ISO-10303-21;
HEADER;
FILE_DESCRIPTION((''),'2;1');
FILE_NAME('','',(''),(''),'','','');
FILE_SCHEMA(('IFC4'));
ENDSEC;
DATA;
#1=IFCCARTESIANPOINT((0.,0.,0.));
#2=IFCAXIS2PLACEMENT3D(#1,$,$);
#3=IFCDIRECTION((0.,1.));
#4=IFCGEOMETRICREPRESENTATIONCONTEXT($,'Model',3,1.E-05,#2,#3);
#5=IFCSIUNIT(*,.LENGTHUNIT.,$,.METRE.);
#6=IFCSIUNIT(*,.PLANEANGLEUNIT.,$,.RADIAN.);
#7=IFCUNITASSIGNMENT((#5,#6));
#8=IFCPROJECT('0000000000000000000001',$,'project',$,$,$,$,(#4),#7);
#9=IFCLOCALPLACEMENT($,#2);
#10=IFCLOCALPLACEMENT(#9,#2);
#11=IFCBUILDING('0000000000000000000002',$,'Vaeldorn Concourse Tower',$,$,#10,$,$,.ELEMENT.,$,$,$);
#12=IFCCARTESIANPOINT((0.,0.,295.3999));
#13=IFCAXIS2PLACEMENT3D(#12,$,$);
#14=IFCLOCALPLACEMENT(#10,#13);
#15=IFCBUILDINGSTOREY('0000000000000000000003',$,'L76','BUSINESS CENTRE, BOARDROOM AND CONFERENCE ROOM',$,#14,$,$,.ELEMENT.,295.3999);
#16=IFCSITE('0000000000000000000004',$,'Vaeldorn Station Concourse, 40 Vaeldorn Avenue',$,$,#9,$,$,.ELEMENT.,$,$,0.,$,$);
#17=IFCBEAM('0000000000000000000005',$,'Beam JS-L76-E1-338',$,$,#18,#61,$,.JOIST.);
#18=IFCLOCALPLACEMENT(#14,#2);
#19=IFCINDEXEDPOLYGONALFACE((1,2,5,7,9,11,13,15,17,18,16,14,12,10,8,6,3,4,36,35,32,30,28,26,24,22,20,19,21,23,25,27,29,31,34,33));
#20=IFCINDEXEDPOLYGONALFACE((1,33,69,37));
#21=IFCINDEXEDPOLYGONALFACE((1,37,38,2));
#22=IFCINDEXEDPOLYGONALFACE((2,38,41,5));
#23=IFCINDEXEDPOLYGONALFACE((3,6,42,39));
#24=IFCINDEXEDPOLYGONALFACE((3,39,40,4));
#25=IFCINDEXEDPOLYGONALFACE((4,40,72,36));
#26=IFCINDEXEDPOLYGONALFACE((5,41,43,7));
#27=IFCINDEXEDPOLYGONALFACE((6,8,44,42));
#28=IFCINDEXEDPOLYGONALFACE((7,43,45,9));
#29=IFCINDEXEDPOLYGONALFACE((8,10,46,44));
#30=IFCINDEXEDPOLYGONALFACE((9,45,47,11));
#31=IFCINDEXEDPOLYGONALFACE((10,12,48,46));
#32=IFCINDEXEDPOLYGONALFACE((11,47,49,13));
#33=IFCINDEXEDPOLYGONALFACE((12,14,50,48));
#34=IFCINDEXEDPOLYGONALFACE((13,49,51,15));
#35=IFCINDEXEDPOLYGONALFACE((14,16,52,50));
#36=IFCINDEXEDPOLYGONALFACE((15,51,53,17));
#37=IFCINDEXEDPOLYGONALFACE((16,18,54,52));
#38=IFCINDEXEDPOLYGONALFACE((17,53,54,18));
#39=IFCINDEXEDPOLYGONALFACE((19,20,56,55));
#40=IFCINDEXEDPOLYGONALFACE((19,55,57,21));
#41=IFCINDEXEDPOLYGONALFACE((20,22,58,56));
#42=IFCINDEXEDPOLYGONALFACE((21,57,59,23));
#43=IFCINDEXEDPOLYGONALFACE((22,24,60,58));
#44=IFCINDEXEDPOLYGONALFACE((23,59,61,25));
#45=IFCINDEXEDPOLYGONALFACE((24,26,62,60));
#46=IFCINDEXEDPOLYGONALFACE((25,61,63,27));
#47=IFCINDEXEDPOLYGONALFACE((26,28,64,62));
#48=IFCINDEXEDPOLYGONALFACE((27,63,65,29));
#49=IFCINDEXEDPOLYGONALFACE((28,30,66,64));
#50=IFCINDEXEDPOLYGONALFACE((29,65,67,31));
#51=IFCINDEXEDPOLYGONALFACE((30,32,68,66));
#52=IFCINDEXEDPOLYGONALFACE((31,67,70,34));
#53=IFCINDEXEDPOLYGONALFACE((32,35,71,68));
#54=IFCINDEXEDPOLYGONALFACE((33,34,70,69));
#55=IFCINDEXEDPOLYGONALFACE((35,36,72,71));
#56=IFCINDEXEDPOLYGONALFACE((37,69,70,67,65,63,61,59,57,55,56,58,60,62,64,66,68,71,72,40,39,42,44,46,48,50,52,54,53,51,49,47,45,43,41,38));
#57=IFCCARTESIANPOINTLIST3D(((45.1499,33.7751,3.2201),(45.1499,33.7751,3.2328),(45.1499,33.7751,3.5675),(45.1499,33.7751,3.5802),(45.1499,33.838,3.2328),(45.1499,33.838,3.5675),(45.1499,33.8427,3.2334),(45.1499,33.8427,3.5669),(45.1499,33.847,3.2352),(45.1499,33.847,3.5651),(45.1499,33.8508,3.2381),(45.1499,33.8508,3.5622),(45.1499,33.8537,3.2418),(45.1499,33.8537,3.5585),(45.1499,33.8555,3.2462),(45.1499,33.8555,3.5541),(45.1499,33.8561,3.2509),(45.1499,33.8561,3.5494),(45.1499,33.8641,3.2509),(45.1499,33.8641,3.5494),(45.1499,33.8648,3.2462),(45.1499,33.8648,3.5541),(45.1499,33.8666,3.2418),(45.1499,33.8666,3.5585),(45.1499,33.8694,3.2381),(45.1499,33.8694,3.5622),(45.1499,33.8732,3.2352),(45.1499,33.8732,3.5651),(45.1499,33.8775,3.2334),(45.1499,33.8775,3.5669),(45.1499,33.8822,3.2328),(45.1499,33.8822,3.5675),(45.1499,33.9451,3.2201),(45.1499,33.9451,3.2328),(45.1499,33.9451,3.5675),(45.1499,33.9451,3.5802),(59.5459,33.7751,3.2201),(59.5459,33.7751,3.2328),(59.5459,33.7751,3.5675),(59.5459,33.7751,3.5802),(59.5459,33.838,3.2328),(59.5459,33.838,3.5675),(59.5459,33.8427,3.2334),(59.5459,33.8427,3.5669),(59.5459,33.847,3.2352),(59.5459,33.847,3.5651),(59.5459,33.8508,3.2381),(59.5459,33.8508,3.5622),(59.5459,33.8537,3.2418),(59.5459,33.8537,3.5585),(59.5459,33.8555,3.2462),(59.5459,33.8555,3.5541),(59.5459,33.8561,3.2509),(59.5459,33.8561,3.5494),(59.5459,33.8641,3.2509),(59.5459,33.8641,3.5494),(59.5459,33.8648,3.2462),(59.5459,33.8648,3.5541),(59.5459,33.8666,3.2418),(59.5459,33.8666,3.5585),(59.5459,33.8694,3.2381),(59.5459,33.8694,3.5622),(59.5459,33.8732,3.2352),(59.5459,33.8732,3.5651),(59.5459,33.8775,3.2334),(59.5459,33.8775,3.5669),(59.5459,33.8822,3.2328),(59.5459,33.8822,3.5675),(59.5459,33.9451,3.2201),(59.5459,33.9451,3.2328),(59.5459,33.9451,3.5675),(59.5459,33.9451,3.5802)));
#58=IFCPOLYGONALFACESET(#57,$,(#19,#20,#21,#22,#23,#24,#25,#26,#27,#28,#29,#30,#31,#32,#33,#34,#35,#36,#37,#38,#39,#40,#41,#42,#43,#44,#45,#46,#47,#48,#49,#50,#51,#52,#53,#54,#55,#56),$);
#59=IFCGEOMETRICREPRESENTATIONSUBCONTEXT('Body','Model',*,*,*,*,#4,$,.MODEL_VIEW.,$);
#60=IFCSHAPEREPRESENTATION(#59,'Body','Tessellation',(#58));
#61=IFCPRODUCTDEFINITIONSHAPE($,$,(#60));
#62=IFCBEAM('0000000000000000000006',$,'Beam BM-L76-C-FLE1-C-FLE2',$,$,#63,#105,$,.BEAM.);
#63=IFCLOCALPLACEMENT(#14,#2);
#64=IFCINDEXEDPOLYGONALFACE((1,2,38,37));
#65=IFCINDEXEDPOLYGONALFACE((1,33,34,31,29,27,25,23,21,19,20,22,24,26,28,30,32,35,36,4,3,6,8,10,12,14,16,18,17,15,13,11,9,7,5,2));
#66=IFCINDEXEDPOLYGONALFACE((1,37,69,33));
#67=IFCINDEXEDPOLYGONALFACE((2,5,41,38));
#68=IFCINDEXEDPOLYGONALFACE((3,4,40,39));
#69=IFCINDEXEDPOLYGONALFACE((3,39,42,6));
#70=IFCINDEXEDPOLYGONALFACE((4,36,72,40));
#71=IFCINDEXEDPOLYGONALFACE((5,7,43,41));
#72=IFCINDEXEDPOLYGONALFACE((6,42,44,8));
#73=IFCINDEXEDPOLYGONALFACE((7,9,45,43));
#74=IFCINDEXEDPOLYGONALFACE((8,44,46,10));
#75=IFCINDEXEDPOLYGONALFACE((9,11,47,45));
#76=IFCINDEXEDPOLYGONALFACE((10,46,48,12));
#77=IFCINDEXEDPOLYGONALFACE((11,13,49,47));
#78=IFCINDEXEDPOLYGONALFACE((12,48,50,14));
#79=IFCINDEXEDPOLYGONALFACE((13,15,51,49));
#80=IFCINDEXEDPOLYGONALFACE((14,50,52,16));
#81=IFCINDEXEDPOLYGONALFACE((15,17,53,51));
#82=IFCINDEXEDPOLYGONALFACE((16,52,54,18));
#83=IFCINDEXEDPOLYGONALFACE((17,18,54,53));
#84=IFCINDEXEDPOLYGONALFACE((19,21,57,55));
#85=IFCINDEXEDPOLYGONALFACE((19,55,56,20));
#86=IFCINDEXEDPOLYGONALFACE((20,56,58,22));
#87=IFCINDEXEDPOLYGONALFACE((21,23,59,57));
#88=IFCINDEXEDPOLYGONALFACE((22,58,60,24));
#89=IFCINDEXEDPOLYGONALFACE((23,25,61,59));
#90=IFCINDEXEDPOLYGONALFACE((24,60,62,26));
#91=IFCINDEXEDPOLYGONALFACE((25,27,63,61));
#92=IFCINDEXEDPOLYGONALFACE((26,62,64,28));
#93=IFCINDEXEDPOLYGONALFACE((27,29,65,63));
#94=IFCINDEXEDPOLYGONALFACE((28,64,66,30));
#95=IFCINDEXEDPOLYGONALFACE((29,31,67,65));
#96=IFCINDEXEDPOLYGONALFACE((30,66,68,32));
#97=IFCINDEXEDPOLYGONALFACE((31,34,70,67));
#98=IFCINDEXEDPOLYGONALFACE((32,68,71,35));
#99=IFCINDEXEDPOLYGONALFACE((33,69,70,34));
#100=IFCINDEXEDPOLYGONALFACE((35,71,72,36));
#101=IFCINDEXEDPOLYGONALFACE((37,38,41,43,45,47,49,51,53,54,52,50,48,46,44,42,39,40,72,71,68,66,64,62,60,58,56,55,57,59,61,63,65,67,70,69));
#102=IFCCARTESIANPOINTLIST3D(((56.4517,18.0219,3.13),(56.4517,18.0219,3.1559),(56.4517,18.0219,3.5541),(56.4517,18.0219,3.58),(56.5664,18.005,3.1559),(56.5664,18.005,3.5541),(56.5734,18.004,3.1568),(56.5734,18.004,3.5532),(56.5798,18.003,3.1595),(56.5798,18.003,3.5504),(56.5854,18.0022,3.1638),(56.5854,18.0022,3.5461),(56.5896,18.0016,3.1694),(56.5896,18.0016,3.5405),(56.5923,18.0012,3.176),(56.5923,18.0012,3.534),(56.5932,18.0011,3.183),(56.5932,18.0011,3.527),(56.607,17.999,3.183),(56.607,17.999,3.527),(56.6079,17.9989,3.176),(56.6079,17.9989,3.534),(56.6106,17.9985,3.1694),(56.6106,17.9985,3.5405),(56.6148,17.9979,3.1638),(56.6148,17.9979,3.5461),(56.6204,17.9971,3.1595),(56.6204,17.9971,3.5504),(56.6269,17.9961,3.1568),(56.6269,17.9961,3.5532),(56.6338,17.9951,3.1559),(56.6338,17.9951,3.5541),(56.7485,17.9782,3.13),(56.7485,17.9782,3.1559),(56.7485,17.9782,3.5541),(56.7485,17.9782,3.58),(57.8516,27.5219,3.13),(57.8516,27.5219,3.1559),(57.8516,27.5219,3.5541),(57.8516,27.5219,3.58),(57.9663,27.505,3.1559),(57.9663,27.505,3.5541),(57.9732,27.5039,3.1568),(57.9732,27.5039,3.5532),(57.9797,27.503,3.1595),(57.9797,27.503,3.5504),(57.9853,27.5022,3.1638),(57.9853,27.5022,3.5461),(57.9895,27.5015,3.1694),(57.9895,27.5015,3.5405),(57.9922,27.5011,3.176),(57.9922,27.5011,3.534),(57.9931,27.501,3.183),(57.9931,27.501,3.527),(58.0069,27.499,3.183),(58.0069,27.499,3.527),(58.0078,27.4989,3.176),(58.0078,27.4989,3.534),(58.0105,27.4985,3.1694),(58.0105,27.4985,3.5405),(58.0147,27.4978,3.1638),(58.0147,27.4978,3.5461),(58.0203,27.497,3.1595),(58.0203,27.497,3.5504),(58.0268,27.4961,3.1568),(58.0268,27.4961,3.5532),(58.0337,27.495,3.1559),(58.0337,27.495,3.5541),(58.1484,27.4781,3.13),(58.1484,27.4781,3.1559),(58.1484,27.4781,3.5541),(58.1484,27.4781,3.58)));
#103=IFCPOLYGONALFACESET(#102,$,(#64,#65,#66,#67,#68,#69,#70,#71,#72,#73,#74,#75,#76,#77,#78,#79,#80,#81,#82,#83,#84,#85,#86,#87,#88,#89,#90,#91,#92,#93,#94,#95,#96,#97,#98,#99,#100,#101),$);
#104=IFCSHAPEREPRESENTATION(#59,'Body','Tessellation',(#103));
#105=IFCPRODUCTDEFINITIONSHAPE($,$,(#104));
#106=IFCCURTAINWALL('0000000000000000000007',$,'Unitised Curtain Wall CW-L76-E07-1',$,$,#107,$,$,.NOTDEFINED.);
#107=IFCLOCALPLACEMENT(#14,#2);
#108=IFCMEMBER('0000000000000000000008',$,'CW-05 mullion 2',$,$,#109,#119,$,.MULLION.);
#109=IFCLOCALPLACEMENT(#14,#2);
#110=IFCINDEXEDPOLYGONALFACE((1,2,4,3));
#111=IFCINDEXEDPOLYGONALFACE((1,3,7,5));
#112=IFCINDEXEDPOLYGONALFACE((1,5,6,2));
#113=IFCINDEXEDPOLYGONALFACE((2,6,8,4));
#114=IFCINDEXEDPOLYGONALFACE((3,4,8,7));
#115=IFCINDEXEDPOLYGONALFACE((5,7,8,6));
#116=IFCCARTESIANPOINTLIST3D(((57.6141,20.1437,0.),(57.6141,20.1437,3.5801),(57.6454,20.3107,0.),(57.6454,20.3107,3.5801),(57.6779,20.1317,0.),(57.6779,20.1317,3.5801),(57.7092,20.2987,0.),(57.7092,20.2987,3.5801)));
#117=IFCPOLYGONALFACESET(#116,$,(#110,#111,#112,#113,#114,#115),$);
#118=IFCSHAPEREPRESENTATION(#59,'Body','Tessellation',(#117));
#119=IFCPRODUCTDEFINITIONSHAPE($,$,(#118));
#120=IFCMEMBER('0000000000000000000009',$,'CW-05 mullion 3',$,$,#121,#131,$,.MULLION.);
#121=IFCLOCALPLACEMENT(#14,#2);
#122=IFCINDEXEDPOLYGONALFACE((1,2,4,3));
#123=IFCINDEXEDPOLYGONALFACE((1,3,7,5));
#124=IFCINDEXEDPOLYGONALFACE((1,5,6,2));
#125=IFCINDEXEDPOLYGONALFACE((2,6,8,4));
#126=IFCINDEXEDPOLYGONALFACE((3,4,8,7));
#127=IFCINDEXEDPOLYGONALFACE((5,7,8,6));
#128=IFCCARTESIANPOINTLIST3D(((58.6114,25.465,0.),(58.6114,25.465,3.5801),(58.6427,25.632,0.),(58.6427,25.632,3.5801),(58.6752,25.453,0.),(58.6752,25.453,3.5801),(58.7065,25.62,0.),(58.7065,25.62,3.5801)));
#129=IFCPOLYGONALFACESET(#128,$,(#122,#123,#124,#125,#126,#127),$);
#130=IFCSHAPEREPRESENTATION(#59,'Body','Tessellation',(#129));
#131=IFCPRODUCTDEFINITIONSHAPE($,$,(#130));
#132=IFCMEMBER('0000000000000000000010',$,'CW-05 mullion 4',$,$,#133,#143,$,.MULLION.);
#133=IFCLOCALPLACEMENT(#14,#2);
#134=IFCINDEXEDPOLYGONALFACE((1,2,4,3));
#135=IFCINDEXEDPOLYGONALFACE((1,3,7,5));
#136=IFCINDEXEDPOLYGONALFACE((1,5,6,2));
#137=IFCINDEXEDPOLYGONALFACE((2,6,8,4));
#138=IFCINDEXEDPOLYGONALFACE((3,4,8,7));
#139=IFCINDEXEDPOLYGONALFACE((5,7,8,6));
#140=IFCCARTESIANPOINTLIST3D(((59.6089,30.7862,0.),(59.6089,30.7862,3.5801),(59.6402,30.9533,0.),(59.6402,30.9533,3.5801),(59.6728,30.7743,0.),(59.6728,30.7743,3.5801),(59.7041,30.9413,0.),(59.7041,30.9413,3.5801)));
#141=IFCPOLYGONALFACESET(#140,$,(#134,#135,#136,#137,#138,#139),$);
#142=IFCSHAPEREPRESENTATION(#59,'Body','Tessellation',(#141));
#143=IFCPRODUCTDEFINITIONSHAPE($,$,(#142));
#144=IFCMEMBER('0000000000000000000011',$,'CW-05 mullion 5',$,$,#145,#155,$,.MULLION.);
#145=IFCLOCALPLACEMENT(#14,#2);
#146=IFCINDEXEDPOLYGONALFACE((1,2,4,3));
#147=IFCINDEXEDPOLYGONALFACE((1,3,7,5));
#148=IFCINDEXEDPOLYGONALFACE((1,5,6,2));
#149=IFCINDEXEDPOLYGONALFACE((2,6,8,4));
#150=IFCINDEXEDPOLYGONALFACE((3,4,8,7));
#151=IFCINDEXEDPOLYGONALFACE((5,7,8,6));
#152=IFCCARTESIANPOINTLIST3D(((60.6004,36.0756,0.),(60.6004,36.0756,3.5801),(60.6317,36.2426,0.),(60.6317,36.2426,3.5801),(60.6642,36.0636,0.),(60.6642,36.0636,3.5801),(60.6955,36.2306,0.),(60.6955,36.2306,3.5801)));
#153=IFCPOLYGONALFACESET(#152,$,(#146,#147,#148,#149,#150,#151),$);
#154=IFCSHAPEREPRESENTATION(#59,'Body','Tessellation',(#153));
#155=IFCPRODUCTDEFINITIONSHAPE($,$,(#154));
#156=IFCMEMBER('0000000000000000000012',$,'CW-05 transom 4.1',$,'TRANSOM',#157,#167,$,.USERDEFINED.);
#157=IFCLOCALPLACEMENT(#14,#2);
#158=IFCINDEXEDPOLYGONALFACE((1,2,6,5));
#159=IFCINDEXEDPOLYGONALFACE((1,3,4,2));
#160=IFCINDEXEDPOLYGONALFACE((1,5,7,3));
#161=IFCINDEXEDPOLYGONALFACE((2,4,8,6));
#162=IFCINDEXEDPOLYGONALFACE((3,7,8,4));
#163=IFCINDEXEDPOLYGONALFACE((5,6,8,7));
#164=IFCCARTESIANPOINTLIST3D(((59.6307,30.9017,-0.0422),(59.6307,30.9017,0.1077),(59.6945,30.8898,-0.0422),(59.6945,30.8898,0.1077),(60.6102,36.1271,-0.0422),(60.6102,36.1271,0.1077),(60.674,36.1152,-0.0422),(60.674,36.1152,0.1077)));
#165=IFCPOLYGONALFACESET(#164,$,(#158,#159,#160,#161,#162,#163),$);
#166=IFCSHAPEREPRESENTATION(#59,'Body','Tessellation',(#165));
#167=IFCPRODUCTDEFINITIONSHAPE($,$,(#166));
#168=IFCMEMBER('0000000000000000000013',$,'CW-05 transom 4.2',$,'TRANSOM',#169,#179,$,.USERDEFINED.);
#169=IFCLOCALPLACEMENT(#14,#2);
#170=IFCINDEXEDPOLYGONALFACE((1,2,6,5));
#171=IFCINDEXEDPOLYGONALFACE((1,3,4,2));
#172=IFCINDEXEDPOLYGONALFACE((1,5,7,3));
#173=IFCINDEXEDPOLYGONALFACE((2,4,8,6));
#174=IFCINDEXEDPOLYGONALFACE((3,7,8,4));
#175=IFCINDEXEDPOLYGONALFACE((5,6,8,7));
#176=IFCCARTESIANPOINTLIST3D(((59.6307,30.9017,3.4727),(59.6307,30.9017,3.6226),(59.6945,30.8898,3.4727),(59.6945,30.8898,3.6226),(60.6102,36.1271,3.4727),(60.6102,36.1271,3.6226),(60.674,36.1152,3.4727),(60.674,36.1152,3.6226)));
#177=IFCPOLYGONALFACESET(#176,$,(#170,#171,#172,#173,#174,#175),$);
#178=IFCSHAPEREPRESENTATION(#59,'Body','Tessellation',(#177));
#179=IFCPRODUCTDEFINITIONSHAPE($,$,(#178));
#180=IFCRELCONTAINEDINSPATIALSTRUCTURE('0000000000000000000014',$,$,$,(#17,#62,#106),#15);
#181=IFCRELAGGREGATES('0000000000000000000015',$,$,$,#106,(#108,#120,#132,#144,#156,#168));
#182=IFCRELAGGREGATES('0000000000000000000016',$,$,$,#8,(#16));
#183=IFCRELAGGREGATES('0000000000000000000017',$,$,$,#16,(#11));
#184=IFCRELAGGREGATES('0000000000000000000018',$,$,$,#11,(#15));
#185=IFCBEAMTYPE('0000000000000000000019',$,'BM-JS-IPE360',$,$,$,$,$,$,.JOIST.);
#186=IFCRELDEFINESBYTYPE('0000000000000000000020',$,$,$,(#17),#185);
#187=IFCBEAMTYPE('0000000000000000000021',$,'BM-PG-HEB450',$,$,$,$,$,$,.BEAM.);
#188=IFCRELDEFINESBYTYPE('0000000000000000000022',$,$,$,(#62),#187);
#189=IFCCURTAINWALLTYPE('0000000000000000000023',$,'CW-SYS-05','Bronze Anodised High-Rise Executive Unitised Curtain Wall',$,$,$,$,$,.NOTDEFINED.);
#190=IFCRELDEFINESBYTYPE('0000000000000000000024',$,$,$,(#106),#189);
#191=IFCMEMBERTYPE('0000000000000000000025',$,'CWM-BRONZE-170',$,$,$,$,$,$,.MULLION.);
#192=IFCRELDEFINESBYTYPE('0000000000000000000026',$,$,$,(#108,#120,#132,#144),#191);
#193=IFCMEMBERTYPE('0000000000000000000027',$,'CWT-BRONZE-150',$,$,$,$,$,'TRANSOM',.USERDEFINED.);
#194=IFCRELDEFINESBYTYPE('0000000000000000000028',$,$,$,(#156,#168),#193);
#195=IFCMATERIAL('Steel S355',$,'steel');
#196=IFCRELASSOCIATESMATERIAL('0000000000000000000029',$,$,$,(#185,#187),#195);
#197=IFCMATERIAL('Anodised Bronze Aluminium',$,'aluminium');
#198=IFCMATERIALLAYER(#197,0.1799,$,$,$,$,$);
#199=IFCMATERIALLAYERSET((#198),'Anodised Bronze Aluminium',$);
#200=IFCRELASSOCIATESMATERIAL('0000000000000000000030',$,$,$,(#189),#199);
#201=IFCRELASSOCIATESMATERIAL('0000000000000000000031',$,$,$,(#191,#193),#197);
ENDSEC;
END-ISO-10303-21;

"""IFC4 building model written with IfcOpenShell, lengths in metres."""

from ifc_helpers import new_model, si_unit, direction, frame, origin, origin_2d, place, context, subcontext, project, spatial, rectangle, i_section, extrude, source, transform, mapped, material, layer, layer_set, material_profile, profile_set, type_object, element, aggregate, save


model = new_model("IFC4")

# Units and contexts
model_context = context("Model", 3, precision=1e-05, world=origin(), true_north=direction((0.0, 1.0)))
body_context = subcontext(model_context, "Body", "Model", "MODEL_VIEW")
ifc_project = project(units=[si_unit("LENGTHUNIT", "METRE"), si_unit("PLANEANGLEUNIT", "RADIAN")], contexts=[model_context])

# Site, building, storey
site_placement = place(None, origin())
site = spatial("IfcSite", under=ifc_project, at=site_placement, Name="Vaeldorn Station Concourse, 40 Vaeldorn Avenue", CompositionType="ELEMENT", RefElevation=0.0)
building_placement = place(site_placement, origin())
building = spatial("IfcBuilding", under=site, at=building_placement, Name="Vaeldorn Concourse Tower", CompositionType="ELEMENT")
storey_placement = place(building_placement, frame((0.0, 0.0, 295.3999)))
storey = spatial("IfcBuildingStorey", under=building, at=storey_placement, Name="L76", Description="BUSINESS CENTRE, BOARDROOM AND CONFERENCE ROOM", CompositionType="ELEMENT", Elevation=295.3999)

# Shared definitions
ifc_material_1 = material(Name="Steel S355", Category="steel")

# Beams
ifc_material_profile_1 = material_profile(ifc_material_1, i_section(OverallWidth=0.1699, OverallDepth=0.3601, WebThickness=0.0081, FlangeThickness=0.0127, FilletRadius=0.0181, at=origin_2d()), Name="IPE 360")
ifc_profile_set_1 = profile_set([ifc_material_profile_1], Name="Steel S355")
beam_type_1 = type_object("IfcBeamType", Name="BM-JS-IPE360", PredefinedType="JOIST", material=ifc_profile_set_1)
shared_shape_1 = source(origin(), body_context, "Body", "SweptSolid", [
    extrude(i_section(OverallWidth=0.1699, OverallDepth=0.3601, WebThickness=0.0081, FlangeThickness=0.0127, FilletRadius=0.0181, at=origin_2d()), origin(), (0.0, 0.0, 1.0), 14.396),
])
beam_1_placement = place(storey_placement, frame((45.1499, 33.8601, 3.4001), z_axis=(1.0, 0.0, 0.0), x_axis=(0.0, 1.0, 0.0)))
element("IfcBeam", 1, at=beam_1_placement, inside=storey, type_object=beam_type_1, Name="Beam JS-L76-E1-338", PredefinedType="JOIST", context=body_context, shape_type="MappedRepresentation", body=[
    mapped(shared_shape_1, transform((0.0, 0.0, 0.0), scale=1.0)),
])
ifc_material_profile_2 = material_profile(ifc_material_1, i_section(OverallWidth=0.3, OverallDepth=0.45, WebThickness=0.0139, FlangeThickness=0.0259, FilletRadius=0.0271, at=origin_2d()), Name="HEB 450")
ifc_profile_set_2 = profile_set([ifc_material_profile_2], Name="Steel S355")
beam_type_2 = type_object("IfcBeamType", Name="BM-PG-HEB450", PredefinedType="BEAM", material=ifc_profile_set_2)
shared_shape_2 = source(origin(), body_context, "Body", "SweptSolid", [
    extrude(i_section(OverallWidth=0.3, OverallDepth=0.45, WebThickness=0.0139, FlangeThickness=0.0259, FilletRadius=0.0271, at=origin_2d()), origin(), (0.0, 0.0, 1.0), 9.6025),
])
beam_2_placement = place(storey_placement, frame((58.0, 27.5, 3.355), z_axis=(-0.145784, -0.989316, 0.0), x_axis=(0.989316, -0.145784, 0.0)))
element("IfcBeam", 2, at=beam_2_placement, inside=storey, type_object=beam_type_2, Name="Beam BM-L76-C-FLE1-C-FLE2", PredefinedType="BEAM", context=body_context, shape_type="MappedRepresentation", body=[
    mapped(shared_shape_2, transform((0.0, 0.0, 0.0), scale=1.0)),
])

# Curtain wall, members
ifc_material_2 = material(Name="Anodised Bronze Aluminium", Category="aluminium")
ifc_layer_1 = layer(ifc_material_2, 0.1799)
ifc_layer_set_1 = layer_set([ifc_layer_1], Name="Anodised Bronze Aluminium")
curtain_wall_type = type_object("IfcCurtainWallType", Name="CW-SYS-05", Description="Bronze Anodised High-Rise Executive Unitised Curtain Wall", PredefinedType="NOTDEFINED", material=ifc_layer_set_1)
curtain_wall_placement = place(storey_placement, origin())
curtain_wall = element("IfcCurtainWall", 3, at=curtain_wall_placement, inside=storey, type_object=curtain_wall_type, Name="Unitised Curtain Wall CW-L76-E07-1", PredefinedType="NOTDEFINED")
ifc_material_profile_3 = material_profile(ifc_material_2, rectangle(XDim=0.0649, YDim=0.1699, at=origin_2d()), Name="CWM 65x170")
ifc_profile_set_3 = profile_set([ifc_material_profile_3], Name="Anodised Bronze Aluminium")
member_type_1 = type_object("IfcMemberType", Name="CWM-BRONZE-170", PredefinedType="MULLION", material=ifc_profile_set_3)
shared_shape_3 = source(origin(), body_context, "Body", "SweptSolid", [
    extrude(rectangle(XDim=0.0649, YDim=0.1699, at=origin_2d()), origin(), (0.0, 0.0, 1.0), 3.5801),
])
member_1_placement = place(storey_placement, frame((57.6616, 20.2212, 0.0), z_axis=(0.0, 0.0, 1.0), x_axis=(-0.98288, 0.184247, 0.0)))
member_1 = element("IfcMember", 4, at=member_1_placement, type_object=member_type_1, Name="CW-05 mullion 2", PredefinedType="MULLION", context=body_context, shape_type="MappedRepresentation", body=[
    mapped(shared_shape_3, transform((0.0, 0.0, 0.0), scale=1.0)),
])
member_2_placement = place(storey_placement, frame((58.6589, 25.5425, 0.0), z_axis=(0.0, 0.0, 1.0), x_axis=(-0.98288, 0.184247, 0.0)))
member_2 = element("IfcMember", 5, at=member_2_placement, type_object=member_type_1, Name="CW-05 mullion 3", PredefinedType="MULLION", context=body_context, shape_type="MappedRepresentation", body=[
    mapped(shared_shape_3, transform((0.0, 0.0, 0.0), scale=1.0)),
])
member_3_placement = place(storey_placement, frame((59.6565, 30.8638, 0.0), z_axis=(0.0, 0.0, 1.0), x_axis=(-0.98288, 0.184247, 0.0)))
member_3 = element("IfcMember", 6, at=member_3_placement, type_object=member_type_1, Name="CW-05 mullion 4", PredefinedType="MULLION", context=body_context, shape_type="MappedRepresentation", body=[
    mapped(shared_shape_3, transform((0.0, 0.0, 0.0), scale=1.0)),
])
member_4_placement = place(storey_placement, frame((60.6479, 36.1531, 0.0), z_axis=(0.0, 0.0, 1.0), x_axis=(-0.98288, 0.184247, 0.0)))
member_4 = element("IfcMember", 7, at=member_4_placement, type_object=member_type_1, Name="CW-05 mullion 5", PredefinedType="MULLION", context=body_context, shape_type="MappedRepresentation", body=[
    mapped(shared_shape_3, transform((0.0, 0.0, 0.0), scale=1.0)),
])
ifc_material_profile_4 = material_profile(ifc_material_2, rectangle(XDim=0.0649, YDim=0.1499, at=origin_2d()), Name="CWT 65x150")
ifc_profile_set_4 = profile_set([ifc_material_profile_4], Name="Anodised Bronze Aluminium")
member_type_2 = type_object("IfcMemberType", Name="CWT-BRONZE-150", ElementType="TRANSOM", PredefinedType="USERDEFINED", material=ifc_profile_set_4)
shared_shape_4 = source(origin(), body_context, "Body", "SweptSolid", [
    extrude(rectangle(XDim=0.0649, YDim=0.1499, at=origin_2d()), origin(), (0.0, 0.0, 1.0), 5.3164),
])
member_5_placement = place(storey_placement, frame((59.6626, 30.8958, 0.0327), z_axis=(0.184241, 0.982881, 0.0), x_axis=(-0.982881, 0.184241, 0.0)))
member_5 = element("IfcMember", 8, at=member_5_placement, type_object=member_type_2, Name="CW-05 transom 4.1", ObjectType="TRANSOM", PredefinedType="USERDEFINED", context=body_context, shape_type="MappedRepresentation", body=[
    mapped(shared_shape_4, transform((0.0, 0.0, 0.0), scale=1.0)),
])
member_6_placement = place(storey_placement, frame((59.6626, 30.8958, 3.5476), z_axis=(0.184241, 0.982881, 0.0), x_axis=(-0.982881, 0.184241, 0.0)))
member_6 = element("IfcMember", 9, at=member_6_placement, type_object=member_type_2, Name="CW-05 transom 4.2", ObjectType="TRANSOM", PredefinedType="USERDEFINED", context=body_context, shape_type="MappedRepresentation", body=[
    mapped(shared_shape_4, transform((0.0, 0.0, 0.0), scale=1.0)),
])
aggregate(curtain_wall, [member_1, member_2, member_3, member_4, member_5, member_6])

save(model, "model.ifc")
